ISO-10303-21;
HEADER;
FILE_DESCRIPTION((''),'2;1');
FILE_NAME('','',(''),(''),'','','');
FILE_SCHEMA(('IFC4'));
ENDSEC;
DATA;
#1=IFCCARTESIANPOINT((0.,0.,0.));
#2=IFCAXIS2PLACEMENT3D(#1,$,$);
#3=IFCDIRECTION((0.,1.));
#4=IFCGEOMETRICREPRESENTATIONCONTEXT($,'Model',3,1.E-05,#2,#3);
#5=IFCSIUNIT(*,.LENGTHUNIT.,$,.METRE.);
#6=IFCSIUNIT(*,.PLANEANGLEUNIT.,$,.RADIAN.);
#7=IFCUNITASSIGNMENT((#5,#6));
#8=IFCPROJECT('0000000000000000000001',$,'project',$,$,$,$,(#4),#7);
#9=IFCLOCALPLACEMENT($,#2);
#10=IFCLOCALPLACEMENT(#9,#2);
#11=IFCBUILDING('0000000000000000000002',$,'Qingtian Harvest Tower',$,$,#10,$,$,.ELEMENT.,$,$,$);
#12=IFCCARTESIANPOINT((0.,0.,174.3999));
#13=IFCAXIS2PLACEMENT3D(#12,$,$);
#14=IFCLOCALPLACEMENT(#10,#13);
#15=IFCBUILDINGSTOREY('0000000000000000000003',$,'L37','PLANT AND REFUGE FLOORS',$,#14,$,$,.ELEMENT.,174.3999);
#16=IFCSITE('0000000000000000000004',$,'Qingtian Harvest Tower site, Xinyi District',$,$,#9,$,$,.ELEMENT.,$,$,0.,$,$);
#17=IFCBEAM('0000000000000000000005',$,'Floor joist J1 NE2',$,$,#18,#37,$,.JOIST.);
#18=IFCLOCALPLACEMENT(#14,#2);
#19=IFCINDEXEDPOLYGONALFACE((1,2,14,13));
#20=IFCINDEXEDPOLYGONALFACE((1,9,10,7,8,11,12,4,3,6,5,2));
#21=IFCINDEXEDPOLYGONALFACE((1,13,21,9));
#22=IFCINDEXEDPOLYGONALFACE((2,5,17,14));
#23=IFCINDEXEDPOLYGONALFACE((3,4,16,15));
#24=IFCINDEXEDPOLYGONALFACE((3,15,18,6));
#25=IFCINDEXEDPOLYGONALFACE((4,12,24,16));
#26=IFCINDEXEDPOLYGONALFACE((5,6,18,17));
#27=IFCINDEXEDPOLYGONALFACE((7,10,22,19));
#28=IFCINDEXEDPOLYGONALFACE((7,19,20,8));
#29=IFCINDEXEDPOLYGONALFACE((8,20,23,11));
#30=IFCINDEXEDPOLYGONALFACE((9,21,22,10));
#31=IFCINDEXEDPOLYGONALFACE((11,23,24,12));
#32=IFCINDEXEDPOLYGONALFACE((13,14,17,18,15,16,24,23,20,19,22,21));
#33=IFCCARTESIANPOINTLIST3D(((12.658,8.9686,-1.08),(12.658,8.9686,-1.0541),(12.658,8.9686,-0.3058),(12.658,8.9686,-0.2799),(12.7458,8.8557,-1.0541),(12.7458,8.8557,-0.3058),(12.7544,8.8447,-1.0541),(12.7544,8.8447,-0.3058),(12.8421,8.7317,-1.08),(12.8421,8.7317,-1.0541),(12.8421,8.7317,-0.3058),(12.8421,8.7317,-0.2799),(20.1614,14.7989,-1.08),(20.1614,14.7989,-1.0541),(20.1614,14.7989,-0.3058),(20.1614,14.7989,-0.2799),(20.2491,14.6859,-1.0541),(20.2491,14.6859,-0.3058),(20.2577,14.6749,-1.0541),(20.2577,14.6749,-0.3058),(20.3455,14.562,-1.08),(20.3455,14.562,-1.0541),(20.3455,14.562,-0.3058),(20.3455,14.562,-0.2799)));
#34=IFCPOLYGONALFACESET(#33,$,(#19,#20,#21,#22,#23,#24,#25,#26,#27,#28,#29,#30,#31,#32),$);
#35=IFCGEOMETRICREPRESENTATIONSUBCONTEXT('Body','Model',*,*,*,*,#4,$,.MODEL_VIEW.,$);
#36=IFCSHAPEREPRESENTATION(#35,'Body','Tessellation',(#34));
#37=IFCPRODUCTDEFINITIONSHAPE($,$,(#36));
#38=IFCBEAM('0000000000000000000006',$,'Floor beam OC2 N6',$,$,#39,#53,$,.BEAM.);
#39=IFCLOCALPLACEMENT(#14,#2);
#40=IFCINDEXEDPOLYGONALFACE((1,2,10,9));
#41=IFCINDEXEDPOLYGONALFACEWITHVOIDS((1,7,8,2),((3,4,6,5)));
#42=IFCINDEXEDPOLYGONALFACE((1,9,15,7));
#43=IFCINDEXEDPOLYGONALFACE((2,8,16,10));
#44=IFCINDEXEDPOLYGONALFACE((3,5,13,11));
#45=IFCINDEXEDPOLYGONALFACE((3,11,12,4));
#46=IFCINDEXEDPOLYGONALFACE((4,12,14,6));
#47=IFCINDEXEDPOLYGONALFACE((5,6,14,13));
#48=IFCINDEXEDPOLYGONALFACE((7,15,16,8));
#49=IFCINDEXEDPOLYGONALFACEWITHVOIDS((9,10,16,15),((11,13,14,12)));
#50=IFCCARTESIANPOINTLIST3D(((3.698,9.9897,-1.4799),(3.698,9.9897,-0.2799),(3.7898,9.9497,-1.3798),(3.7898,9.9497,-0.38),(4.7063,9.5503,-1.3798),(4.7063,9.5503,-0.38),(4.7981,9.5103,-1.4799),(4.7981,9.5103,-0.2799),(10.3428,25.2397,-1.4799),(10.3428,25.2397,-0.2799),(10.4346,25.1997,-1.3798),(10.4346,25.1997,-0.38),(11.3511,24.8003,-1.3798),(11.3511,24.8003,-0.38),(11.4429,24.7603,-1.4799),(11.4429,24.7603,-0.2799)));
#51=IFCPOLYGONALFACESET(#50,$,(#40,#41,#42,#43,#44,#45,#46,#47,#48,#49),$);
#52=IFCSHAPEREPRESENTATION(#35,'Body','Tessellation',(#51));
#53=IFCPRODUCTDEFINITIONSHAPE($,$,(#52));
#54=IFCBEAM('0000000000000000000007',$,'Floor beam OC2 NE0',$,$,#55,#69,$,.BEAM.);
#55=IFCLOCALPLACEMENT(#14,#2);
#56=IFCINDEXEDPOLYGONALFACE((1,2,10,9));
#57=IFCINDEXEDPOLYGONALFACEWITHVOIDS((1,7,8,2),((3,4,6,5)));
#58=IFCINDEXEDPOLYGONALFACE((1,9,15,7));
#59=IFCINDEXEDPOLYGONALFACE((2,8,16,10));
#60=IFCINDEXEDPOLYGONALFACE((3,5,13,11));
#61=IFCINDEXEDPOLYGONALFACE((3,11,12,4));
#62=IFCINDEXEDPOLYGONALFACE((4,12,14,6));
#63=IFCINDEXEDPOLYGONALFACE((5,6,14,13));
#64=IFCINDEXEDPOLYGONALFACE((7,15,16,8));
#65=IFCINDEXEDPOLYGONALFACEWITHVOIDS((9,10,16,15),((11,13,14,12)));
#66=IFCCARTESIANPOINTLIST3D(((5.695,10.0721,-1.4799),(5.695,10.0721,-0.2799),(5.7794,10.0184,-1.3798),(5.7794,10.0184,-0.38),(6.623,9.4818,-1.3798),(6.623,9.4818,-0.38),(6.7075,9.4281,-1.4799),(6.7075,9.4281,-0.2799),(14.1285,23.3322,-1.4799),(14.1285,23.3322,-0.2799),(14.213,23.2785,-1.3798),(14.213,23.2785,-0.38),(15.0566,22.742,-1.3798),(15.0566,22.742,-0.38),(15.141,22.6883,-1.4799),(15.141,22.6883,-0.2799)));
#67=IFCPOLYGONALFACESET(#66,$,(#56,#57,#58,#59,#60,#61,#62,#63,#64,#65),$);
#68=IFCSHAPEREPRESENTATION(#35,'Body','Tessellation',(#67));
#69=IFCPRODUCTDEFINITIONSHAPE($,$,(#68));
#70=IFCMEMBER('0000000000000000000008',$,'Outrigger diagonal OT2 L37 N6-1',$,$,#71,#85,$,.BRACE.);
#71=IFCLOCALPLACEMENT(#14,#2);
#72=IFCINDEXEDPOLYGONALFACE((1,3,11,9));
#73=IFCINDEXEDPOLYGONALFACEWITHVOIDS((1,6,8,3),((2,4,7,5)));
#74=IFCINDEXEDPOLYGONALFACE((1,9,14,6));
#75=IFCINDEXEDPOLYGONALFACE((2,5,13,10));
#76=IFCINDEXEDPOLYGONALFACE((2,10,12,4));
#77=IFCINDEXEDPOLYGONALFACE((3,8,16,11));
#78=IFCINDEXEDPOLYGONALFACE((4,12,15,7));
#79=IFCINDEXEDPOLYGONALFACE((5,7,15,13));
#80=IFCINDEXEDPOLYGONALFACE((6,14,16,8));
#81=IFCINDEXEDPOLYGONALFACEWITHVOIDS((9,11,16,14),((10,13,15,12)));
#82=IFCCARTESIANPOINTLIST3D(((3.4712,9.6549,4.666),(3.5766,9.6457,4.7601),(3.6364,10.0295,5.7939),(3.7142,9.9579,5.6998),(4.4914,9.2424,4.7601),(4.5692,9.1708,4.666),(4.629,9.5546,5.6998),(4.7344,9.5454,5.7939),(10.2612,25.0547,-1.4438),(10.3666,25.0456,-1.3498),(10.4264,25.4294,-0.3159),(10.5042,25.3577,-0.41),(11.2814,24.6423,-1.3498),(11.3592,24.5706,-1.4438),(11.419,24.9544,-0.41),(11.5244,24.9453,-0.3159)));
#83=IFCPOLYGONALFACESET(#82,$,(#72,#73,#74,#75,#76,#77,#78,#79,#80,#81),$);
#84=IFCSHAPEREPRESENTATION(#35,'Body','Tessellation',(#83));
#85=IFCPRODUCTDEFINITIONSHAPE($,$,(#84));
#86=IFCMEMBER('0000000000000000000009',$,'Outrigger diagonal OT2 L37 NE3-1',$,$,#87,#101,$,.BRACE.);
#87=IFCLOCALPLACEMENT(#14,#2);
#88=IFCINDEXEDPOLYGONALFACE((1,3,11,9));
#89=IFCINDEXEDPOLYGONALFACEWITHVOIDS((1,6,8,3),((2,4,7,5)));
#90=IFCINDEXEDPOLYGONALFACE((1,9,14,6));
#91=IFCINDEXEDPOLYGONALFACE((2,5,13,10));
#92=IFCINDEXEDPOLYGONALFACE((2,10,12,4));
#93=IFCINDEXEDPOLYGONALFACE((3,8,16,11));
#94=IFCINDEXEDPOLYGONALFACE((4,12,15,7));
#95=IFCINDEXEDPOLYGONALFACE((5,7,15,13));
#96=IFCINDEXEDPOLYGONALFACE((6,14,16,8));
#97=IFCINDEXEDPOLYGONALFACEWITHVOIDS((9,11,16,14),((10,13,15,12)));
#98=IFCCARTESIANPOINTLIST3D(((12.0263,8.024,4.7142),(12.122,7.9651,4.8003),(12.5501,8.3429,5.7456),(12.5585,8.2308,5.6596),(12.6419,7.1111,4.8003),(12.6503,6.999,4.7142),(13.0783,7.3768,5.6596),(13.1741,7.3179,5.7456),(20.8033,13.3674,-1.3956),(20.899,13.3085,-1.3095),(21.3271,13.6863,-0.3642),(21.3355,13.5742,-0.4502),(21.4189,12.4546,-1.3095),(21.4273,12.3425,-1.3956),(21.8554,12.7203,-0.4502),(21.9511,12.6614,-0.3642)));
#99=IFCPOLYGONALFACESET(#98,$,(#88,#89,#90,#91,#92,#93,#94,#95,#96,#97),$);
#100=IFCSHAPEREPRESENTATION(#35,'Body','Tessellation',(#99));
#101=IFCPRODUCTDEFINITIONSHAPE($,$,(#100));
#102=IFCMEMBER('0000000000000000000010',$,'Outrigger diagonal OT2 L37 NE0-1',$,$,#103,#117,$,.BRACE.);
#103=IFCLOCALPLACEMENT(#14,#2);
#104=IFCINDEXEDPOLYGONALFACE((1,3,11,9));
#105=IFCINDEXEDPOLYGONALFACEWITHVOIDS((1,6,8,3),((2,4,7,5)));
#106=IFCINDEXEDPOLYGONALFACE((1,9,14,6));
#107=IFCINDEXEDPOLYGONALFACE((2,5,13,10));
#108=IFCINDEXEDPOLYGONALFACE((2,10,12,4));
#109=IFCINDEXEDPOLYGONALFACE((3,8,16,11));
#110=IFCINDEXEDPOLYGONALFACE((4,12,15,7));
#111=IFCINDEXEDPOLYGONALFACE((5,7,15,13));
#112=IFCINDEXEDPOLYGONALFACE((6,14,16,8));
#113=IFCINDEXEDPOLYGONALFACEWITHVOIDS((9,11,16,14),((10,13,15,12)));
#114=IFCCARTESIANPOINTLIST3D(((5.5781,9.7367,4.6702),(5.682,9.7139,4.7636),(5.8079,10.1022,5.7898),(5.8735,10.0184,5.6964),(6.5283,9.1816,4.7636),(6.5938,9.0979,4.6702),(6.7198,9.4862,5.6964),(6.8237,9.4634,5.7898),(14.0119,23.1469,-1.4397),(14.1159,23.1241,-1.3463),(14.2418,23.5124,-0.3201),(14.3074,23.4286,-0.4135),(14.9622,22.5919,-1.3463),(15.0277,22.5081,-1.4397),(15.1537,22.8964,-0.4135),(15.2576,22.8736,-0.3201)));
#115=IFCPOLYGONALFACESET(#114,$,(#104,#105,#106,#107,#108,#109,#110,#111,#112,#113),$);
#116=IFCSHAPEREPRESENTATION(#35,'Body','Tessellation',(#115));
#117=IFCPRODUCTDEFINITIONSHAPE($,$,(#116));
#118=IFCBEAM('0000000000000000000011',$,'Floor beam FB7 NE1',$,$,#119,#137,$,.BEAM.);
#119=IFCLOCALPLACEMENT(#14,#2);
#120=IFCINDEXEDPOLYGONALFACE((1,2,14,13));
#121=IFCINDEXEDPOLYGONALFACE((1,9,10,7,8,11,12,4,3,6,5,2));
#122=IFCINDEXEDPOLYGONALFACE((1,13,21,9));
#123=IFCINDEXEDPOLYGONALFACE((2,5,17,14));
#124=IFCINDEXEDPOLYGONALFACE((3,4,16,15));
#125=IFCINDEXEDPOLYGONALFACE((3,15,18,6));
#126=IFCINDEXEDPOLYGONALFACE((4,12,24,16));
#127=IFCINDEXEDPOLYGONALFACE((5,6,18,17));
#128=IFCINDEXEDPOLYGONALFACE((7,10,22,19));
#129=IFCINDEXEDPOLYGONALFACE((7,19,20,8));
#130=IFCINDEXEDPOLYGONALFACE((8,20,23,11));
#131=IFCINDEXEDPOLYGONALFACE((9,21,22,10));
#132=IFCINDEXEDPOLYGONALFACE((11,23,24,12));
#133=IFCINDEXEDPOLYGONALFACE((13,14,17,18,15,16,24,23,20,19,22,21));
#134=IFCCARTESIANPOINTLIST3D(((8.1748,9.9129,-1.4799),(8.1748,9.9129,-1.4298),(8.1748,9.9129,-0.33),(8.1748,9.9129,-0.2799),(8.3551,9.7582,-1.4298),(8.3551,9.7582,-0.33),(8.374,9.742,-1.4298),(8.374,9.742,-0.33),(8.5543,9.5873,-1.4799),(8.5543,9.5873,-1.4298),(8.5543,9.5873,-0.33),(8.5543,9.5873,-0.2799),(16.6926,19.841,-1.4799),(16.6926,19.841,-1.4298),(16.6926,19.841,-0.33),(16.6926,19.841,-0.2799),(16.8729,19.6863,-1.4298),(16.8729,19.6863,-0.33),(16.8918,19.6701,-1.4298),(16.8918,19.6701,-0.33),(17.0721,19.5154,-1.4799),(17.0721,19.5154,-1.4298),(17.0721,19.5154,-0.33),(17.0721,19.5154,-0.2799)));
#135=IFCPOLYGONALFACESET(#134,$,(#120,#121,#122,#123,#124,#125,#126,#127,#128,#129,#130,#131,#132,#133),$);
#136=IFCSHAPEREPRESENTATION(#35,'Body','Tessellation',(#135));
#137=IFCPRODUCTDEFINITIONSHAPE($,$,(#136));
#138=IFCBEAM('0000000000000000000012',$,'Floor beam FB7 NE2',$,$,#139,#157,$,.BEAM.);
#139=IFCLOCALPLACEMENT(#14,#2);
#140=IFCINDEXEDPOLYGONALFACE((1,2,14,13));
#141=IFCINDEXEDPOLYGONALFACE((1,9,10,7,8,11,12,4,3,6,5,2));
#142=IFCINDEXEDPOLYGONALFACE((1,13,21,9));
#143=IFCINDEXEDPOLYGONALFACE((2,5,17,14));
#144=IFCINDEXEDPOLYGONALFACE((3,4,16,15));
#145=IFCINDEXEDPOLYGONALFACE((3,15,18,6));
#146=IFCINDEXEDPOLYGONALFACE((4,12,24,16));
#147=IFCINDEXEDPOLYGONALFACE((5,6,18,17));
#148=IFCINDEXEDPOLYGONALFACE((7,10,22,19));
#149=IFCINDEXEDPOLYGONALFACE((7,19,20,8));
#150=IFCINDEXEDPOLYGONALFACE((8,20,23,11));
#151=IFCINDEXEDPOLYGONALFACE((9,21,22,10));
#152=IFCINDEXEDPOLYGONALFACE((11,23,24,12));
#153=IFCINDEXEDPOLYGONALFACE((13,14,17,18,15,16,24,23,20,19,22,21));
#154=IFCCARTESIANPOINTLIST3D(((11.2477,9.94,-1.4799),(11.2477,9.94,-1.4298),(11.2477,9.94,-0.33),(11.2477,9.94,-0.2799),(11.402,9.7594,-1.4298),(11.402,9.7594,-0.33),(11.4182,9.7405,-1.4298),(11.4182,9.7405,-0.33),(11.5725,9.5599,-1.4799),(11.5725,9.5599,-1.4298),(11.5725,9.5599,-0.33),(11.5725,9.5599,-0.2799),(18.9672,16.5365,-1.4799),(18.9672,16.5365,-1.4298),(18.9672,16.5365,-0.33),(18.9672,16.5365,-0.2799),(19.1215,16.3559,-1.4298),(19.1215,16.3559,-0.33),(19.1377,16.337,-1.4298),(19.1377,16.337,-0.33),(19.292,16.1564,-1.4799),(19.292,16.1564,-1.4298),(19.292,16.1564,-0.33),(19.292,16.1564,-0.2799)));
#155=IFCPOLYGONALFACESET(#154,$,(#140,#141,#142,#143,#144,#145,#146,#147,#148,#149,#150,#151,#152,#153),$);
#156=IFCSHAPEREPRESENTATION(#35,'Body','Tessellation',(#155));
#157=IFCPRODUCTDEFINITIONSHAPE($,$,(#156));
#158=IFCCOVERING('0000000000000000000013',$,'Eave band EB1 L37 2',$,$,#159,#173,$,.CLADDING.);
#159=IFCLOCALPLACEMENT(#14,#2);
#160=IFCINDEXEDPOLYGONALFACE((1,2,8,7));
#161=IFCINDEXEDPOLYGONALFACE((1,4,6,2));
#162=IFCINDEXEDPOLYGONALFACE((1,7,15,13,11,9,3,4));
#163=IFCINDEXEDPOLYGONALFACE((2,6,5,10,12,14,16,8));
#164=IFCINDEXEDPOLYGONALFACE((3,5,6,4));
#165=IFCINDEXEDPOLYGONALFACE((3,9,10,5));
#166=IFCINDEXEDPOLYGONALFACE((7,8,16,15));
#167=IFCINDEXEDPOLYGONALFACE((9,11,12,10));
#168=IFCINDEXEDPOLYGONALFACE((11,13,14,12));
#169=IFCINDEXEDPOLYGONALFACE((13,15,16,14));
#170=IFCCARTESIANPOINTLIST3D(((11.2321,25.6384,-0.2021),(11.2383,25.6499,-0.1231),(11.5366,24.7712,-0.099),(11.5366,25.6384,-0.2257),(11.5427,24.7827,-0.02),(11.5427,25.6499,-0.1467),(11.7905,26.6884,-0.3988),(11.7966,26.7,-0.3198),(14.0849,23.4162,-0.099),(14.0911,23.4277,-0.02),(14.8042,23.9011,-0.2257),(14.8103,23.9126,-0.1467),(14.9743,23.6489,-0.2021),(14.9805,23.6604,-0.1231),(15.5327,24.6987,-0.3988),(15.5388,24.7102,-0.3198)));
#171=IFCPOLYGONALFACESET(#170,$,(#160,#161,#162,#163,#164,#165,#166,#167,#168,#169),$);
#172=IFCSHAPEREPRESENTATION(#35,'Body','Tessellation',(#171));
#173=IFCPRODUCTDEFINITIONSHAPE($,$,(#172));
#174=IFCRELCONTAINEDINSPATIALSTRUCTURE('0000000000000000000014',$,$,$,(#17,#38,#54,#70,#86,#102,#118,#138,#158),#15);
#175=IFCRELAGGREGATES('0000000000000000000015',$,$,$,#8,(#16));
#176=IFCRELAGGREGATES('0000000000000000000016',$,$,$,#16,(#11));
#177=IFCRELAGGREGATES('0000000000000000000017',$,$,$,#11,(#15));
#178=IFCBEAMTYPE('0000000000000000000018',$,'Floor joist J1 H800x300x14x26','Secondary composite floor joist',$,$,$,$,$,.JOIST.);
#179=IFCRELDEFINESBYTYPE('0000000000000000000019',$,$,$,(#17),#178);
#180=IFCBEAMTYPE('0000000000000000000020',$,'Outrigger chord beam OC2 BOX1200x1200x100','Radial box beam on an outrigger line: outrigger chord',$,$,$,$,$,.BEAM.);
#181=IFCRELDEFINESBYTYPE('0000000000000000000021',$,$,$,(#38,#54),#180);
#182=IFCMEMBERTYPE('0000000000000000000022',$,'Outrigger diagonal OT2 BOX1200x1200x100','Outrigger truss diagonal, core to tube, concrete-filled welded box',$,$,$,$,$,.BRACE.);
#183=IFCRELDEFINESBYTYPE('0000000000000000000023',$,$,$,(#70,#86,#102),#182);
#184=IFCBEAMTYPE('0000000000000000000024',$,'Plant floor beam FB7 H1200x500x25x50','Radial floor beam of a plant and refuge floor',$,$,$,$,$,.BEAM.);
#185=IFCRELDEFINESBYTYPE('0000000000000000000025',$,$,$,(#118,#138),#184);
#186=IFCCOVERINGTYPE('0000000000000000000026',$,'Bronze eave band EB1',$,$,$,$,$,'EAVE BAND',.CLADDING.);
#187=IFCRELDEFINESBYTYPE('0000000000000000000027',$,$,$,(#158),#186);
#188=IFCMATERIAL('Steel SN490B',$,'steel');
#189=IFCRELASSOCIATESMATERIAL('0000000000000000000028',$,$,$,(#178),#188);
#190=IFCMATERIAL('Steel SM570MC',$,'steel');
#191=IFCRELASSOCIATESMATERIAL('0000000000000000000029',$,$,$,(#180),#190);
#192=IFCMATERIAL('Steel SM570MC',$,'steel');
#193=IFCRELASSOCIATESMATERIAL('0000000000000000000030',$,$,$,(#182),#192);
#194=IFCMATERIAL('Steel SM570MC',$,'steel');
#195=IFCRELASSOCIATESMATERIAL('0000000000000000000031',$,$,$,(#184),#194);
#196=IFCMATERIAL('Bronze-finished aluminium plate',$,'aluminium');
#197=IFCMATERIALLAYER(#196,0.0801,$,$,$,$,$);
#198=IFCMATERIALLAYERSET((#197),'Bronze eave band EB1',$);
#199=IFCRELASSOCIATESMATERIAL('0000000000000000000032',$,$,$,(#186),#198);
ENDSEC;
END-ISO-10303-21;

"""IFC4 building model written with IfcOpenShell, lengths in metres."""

from ifc_helpers import new_model, si_unit, direction, frame, origin, origin_2d, place, context, subcontext, project, spatial, polyline, hollow_rectangle, i_section, outline, extrude, material, layer, layer_set, material_profile, profile_set, type_object, element, save


model = new_model("IFC4")

# Units and contexts
model_context = context("Model", 3, precision=1e-05, world=origin(), true_north=direction((0.0, 1.0)))
body_context = subcontext(model_context, "Body", "Model", "MODEL_VIEW")
ifc_project = project(units=[si_unit("LENGTHUNIT", "METRE"), si_unit("PLANEANGLEUNIT", "RADIAN")], contexts=[model_context])

# Site, building, storey
site_placement = place(None, origin())
site = spatial("IfcSite", under=ifc_project, at=site_placement, Name="Qingtian Harvest Tower site, Xinyi District", CompositionType="ELEMENT", RefElevation=0.0)
building_placement = place(site_placement, origin())
building = spatial("IfcBuilding", under=site, at=building_placement, Name="Qingtian Harvest Tower", CompositionType="ELEMENT")
storey_placement = place(building_placement, frame((0.0, 0.0, 174.3999)))
storey = spatial("IfcBuildingStorey", under=building, at=storey_placement, Name="L37", Description="PLANT AND REFUGE FLOORS", CompositionType="ELEMENT", Elevation=174.3999)

# Beams
ifc_material_1 = material(Name="Steel SN490B", Category="steel")
ifc_material_profile_1 = material_profile(ifc_material_1, i_section(OverallWidth=0.3, OverallDepth=0.8, WebThickness=0.0139, FlangeThickness=0.0259, at=origin_2d()), Name="H800x300x14x26")
ifc_profile_set_1 = profile_set([ifc_material_profile_1], Name="Steel SN490B")
beam_type_1 = type_object("IfcBeamType", Name="Floor joist J1 H800x300x14x26", Description="Secondary composite floor joist", PredefinedType="JOIST", material=ifc_profile_set_1)
beam_1_placement = place(storey_placement, frame((20.2534, 14.6804, -0.6799), z_axis=(-0.789641, -0.613569, 0.0), x_axis=(0.613569, -0.789641, 0.0)))
element("IfcBeam", 1, at=beam_1_placement, inside=storey, type_object=beam_type_1, Name="Floor joist J1 NE2", PredefinedType="JOIST", context=body_context, shape_type="SweptSolid", body=[
    extrude(i_section(OverallWidth=0.3, OverallDepth=0.8, WebThickness=0.0139, FlangeThickness=0.0259, at=origin_2d()), origin(), (0.0, 0.0, 1.0), 9.5022),
])
ifc_material_2 = material(Name="Steel SM570MC", Category="steel")
ifc_material_profile_2 = material_profile(ifc_material_2, hollow_rectangle(XDim=1.2, YDim=1.2, WallThickness=0.1001, at=origin_2d()), Name="BOX1200x1200x100")
ifc_profile_set_2 = profile_set([ifc_material_profile_2], Name="Steel SM570MC")
beam_type_2 = type_object("IfcBeamType", Name="Outrigger chord beam OC2 BOX1200x1200x100", Description="Radial box beam on an outrigger line: outrigger chord", PredefinedType="BEAM", material=ifc_profile_set_2)
beam_2_placement = place(storey_placement, frame((10.8928, 25.0, -0.8799), z_axis=(-0.399451, -0.916755, 0.0), x_axis=(0.916755, -0.399451, 0.0)))
element("IfcBeam", 2, at=beam_2_placement, inside=storey, type_object=beam_type_2, Name="Floor beam OC2 N6", PredefinedType="BEAM", context=body_context, shape_type="SweptSolid", body=[
    extrude(hollow_rectangle(XDim=1.2, YDim=1.2, WallThickness=0.1001, at=origin_2d()), origin(), (0.0, 0.0, 1.0), 16.6348),
])
beam_3_placement = place(storey_placement, frame((14.6348, 23.0103, -0.8799), z_axis=(-0.53666, -0.843798, 0.0), x_axis=(0.843798, -0.53666, 0.0)))
element("IfcBeam", 3, at=beam_3_placement, inside=storey, type_object=beam_type_2, Name="Floor beam OC2 NE0", PredefinedType="BEAM", context=body_context, shape_type="SweptSolid", body=[
    extrude(hollow_rectangle(XDim=1.2, YDim=1.2, WallThickness=0.1001, at=origin_2d()), origin(), (0.0, 0.0, 1.0), 15.7148),
])

# Members
ifc_material_3 = material(Name="Steel SM570MC", Category="steel")
ifc_material_profile_3 = material_profile(ifc_material_3, hollow_rectangle(XDim=1.2, YDim=1.2, WallThickness=0.1001, at=origin_2d()), Name="BOX1200x1200x100")
ifc_profile_set_3 = profile_set([ifc_material_profile_3], Name="Steel SM570MC")
member_type_1 = type_object("IfcMemberType", Name="Outrigger diagonal OT2 BOX1200x1200x100", Description="Outrigger truss diagonal, core to tube, concrete-filled welded box", PredefinedType="BRACE", material=ifc_profile_set_3)
member_1_placement = place(storey_placement, frame((10.8928, 25.0, -0.8799), z_axis=(-0.379224, -0.860085, 0.341236), x_axis=(0.915006, -0.403439, 0.0)))
element("IfcMember", 4, at=member_1_placement, inside=storey, type_object=member_type_1, Name="Outrigger diagonal OT2 L37 N6-1", PredefinedType="BRACE", context=body_context, shape_type="SweptSolid", body=[
    extrude(hollow_rectangle(XDim=1.2, YDim=1.2, WallThickness=0.1001, at=origin_2d()), origin(), (0.0, 0.0, 1.0), 17.905),
])
member_2_placement = place(storey_placement, frame((21.3772, 13.0144, -0.8799), z_axis=(-0.734181, -0.44697, 0.511074), x_axis=(0.520013, -0.854159, 0.0)))
element("IfcMember", 5, at=member_2_placement, inside=storey, type_object=member_type_1, Name="Outrigger diagonal OT2 L37 NE3-1", PredefinedType="BRACE", context=body_context, shape_type="SweptSolid", body=[
    extrude(hollow_rectangle(XDim=1.2, YDim=1.2, WallThickness=0.1001, at=origin_2d()), origin(), (0.0, 0.0, 1.0), 11.9548),
])
member_3_placement = place(storey_placement, frame((14.6348, 23.0103, -0.8799), z_axis=(-0.496717, -0.7898, 0.359845), x_axis=(0.846506, -0.53238, 0.0)))
element("IfcMember", 6, at=member_3_placement, inside=storey, type_object=member_type_1, Name="Outrigger diagonal OT2 L37 NE0-1", PredefinedType="BRACE", context=body_context, shape_type="SweptSolid", body=[
    extrude(hollow_rectangle(XDim=1.2, YDim=1.2, WallThickness=0.1001, at=origin_2d()), origin(), (0.0, 0.0, 1.0), 16.9792),
])

# Beams
ifc_material_4 = material(Name="Steel SM570MC", Category="steel")
ifc_material_profile_4 = material_profile(ifc_material_4, i_section(OverallWidth=0.5, OverallDepth=1.2, WebThickness=0.0249, FlangeThickness=0.05, at=origin_2d()), Name="H1200x500x25x50")
ifc_profile_set_4 = profile_set([ifc_material_profile_4], Name="Steel SM570MC")
beam_type_3 = type_object("IfcBeamType", Name="Plant floor beam FB7 H1200x500x25x50", Description="Radial floor beam of a plant and refuge floor", PredefinedType="BEAM", material=ifc_profile_set_4)
beam_4_placement = place(storey_placement, frame((16.8823, 19.6782, -0.8799), z_axis=(-0.65114, -0.758957, 0.0), x_axis=(0.758957, -0.65114, 0.0)))
element("IfcBeam", 7, at=beam_4_placement, inside=storey, type_object=beam_type_3, Name="Floor beam FB7 NE1", PredefinedType="BEAM", context=body_context, shape_type="SweptSolid", body=[
    extrude(i_section(OverallWidth=0.5, OverallDepth=1.2, WebThickness=0.0249, FlangeThickness=0.05, at=origin_2d()), origin(), (0.0, 0.0, 1.0), 13.0813),
])
beam_5_placement = place(storey_placement, frame((19.1296, 16.3464, -0.8799), z_axis=(-0.760242, -0.64964, 0.0), x_axis=(0.64964, -0.760242, 0.0)))
element("IfcBeam", 8, at=beam_5_placement, inside=storey, type_object=beam_type_3, Name="Floor beam FB7 NE2", PredefinedType="BEAM", context=body_context, shape_type="SweptSolid", body=[
    extrude(i_section(OverallWidth=0.5, OverallDepth=1.2, WebThickness=0.0249, FlangeThickness=0.05, at=origin_2d()), origin(), (0.0, 0.0, 1.0), 10.1541),
])

# Covering
ifc_material_5 = material(Name="Bronze-finished aluminium plate", Category="aluminium")
ifc_layer_1 = layer(ifc_material_5, 0.0801)
ifc_layer_set_1 = layer_set([ifc_layer_1], Name="Bronze eave band EB1")
covering_type = type_object("IfcCoveringType", Name="Bronze eave band EB1", ElementType="EAVE BAND", PredefinedType="CLADDING", material=ifc_layer_set_1)
covering_1_placement = place(storey_placement, frame((11.5427, 24.7827, -0.02), z_axis=(0.07663, 0.144128, 0.986588), x_axis=(0.000002, 0.989497, -0.144553)))
element("IfcCovering", 9, at=covering_1_placement, inside=storey, type_object=covering_type, Name="Eave band EB1 L37 2", PredefinedType="CLADDING", context=body_context, shape_type="SweptSolid", body=[
    extrude(outline(polyline([(0.0, 0.0), (0.8764, 0.0), (0.873, 0.3053), (1.9404, -0.2547), (-0.0284, -4.0079), (-1.0956, -3.4479), (-0.8427, -3.2772), (-1.3407, -2.5559), (0.0, 0.0)])), origin(), (0.0, 0.0, -1.0), 0.0801),
])

save(model, "model.ifc")
